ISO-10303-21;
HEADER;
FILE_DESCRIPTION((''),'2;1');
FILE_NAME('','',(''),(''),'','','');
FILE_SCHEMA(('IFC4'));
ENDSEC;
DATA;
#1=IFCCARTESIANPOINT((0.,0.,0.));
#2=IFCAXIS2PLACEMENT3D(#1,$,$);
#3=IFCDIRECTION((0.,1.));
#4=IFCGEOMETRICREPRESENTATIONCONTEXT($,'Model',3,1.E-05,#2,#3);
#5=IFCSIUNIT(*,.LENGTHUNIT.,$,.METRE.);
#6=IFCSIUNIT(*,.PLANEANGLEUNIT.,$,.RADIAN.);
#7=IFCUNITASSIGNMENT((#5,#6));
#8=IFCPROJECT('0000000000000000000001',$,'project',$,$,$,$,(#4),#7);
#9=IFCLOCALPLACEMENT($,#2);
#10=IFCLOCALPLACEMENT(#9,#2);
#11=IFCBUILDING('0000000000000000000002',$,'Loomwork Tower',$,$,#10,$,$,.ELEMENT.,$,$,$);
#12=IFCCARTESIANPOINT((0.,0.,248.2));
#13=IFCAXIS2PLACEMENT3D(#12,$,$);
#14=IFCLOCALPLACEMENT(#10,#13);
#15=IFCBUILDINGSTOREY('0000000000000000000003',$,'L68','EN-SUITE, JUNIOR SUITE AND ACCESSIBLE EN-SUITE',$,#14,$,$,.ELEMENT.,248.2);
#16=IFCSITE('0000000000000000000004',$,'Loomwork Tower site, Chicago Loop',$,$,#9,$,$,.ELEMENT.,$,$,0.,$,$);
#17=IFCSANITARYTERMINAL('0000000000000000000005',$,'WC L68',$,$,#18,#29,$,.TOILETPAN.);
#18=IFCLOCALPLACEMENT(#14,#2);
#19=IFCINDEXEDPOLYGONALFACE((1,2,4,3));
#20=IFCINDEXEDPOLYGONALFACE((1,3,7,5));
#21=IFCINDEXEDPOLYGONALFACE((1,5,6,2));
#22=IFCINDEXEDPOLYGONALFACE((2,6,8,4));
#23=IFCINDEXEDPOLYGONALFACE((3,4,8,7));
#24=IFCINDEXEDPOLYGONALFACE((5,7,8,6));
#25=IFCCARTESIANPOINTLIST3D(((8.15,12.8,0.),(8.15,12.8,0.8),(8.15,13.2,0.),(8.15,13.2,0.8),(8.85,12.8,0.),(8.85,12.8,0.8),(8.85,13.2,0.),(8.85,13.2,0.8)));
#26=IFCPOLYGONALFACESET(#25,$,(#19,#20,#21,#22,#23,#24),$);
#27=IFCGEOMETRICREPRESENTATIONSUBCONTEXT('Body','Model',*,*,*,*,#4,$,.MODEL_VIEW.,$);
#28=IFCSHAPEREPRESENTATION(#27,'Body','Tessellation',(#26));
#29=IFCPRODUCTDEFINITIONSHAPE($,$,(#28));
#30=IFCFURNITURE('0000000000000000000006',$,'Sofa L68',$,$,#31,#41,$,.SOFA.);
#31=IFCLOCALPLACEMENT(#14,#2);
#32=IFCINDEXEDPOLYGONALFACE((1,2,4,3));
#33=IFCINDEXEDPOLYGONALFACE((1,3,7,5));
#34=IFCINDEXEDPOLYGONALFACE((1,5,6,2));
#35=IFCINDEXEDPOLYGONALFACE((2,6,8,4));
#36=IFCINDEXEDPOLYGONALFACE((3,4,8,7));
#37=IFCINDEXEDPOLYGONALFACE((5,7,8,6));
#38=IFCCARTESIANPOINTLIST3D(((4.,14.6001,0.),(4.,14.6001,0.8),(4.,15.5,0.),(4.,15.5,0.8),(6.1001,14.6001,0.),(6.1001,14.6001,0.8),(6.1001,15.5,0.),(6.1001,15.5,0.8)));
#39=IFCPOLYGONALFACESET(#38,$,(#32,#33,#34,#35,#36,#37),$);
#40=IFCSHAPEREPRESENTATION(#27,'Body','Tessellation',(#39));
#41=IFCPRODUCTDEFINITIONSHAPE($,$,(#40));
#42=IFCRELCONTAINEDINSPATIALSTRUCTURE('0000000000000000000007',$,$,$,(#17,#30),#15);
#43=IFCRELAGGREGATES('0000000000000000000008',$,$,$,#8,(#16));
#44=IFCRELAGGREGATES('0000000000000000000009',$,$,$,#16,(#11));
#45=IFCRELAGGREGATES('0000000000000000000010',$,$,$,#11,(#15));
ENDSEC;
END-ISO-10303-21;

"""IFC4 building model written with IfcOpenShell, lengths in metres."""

from ifc_helpers import new_model, si_unit, direction, frame, origin, origin_2d, place, context, subcontext, project, spatial, rectangle, extrude, element, save


model = new_model("IFC4")

# Units and contexts
model_context = context("Model", 3, precision=1e-05, world=origin(), true_north=direction((0.0, 1.0)))
body_context = subcontext(model_context, "Body", "Model", "MODEL_VIEW")
ifc_project = project(units=[si_unit("LENGTHUNIT", "METRE"), si_unit("PLANEANGLEUNIT", "RADIAN")], contexts=[model_context])

# Site, building, storey
site_placement = place(None, origin())
site = spatial("IfcSite", under=ifc_project, at=site_placement, Name="Loomwork Tower site, Chicago Loop", CompositionType="ELEMENT", RefElevation=0.0)
building_placement = place(site_placement, origin())
building = spatial("IfcBuilding", under=site, at=building_placement, Name="Loomwork Tower", CompositionType="ELEMENT")
storey_placement = place(building_placement, frame((0.0, 0.0, 248.2)))
storey = spatial("IfcBuildingStorey", under=building, at=storey_placement, Name="L68", Description="EN-SUITE, JUNIOR SUITE AND ACCESSIBLE EN-SUITE", CompositionType="ELEMENT", Elevation=248.2)

# Sanitary terminal
sanitary_terminal_1_placement = place(storey_placement, frame((8.5, 13.0, 0.0), z_axis=(0.0, 0.0, 1.0), x_axis=(1.0, 0.0, 0.0)))
element("IfcSanitaryTerminal", 1, at=sanitary_terminal_1_placement, inside=storey, Name="WC L68", PredefinedType="TOILETPAN", context=body_context, shape_type="SweptSolid", body=[
    extrude(rectangle(XDim=0.7, YDim=0.3999, at=origin_2d()), origin(), (0.0, 0.0, 1.0), 0.8),
])

# Furniture
furniture_placement = place(storey_placement, frame((5.05, 15.05, 0.0), z_axis=(0.0, 0.0, 1.0), x_axis=(1.0, 0.0, 0.0)))
element("IfcFurniture", 2, at=furniture_placement, inside=storey, Name="Sofa L68", PredefinedType="SOFA", context=body_context, shape_type="SweptSolid", body=[
    extrude(rectangle(XDim=2.1001, YDim=0.8999, at=origin_2d()), origin(), (0.0, 0.0, 1.0), 0.8),
])

save(model, "model.ifc")
